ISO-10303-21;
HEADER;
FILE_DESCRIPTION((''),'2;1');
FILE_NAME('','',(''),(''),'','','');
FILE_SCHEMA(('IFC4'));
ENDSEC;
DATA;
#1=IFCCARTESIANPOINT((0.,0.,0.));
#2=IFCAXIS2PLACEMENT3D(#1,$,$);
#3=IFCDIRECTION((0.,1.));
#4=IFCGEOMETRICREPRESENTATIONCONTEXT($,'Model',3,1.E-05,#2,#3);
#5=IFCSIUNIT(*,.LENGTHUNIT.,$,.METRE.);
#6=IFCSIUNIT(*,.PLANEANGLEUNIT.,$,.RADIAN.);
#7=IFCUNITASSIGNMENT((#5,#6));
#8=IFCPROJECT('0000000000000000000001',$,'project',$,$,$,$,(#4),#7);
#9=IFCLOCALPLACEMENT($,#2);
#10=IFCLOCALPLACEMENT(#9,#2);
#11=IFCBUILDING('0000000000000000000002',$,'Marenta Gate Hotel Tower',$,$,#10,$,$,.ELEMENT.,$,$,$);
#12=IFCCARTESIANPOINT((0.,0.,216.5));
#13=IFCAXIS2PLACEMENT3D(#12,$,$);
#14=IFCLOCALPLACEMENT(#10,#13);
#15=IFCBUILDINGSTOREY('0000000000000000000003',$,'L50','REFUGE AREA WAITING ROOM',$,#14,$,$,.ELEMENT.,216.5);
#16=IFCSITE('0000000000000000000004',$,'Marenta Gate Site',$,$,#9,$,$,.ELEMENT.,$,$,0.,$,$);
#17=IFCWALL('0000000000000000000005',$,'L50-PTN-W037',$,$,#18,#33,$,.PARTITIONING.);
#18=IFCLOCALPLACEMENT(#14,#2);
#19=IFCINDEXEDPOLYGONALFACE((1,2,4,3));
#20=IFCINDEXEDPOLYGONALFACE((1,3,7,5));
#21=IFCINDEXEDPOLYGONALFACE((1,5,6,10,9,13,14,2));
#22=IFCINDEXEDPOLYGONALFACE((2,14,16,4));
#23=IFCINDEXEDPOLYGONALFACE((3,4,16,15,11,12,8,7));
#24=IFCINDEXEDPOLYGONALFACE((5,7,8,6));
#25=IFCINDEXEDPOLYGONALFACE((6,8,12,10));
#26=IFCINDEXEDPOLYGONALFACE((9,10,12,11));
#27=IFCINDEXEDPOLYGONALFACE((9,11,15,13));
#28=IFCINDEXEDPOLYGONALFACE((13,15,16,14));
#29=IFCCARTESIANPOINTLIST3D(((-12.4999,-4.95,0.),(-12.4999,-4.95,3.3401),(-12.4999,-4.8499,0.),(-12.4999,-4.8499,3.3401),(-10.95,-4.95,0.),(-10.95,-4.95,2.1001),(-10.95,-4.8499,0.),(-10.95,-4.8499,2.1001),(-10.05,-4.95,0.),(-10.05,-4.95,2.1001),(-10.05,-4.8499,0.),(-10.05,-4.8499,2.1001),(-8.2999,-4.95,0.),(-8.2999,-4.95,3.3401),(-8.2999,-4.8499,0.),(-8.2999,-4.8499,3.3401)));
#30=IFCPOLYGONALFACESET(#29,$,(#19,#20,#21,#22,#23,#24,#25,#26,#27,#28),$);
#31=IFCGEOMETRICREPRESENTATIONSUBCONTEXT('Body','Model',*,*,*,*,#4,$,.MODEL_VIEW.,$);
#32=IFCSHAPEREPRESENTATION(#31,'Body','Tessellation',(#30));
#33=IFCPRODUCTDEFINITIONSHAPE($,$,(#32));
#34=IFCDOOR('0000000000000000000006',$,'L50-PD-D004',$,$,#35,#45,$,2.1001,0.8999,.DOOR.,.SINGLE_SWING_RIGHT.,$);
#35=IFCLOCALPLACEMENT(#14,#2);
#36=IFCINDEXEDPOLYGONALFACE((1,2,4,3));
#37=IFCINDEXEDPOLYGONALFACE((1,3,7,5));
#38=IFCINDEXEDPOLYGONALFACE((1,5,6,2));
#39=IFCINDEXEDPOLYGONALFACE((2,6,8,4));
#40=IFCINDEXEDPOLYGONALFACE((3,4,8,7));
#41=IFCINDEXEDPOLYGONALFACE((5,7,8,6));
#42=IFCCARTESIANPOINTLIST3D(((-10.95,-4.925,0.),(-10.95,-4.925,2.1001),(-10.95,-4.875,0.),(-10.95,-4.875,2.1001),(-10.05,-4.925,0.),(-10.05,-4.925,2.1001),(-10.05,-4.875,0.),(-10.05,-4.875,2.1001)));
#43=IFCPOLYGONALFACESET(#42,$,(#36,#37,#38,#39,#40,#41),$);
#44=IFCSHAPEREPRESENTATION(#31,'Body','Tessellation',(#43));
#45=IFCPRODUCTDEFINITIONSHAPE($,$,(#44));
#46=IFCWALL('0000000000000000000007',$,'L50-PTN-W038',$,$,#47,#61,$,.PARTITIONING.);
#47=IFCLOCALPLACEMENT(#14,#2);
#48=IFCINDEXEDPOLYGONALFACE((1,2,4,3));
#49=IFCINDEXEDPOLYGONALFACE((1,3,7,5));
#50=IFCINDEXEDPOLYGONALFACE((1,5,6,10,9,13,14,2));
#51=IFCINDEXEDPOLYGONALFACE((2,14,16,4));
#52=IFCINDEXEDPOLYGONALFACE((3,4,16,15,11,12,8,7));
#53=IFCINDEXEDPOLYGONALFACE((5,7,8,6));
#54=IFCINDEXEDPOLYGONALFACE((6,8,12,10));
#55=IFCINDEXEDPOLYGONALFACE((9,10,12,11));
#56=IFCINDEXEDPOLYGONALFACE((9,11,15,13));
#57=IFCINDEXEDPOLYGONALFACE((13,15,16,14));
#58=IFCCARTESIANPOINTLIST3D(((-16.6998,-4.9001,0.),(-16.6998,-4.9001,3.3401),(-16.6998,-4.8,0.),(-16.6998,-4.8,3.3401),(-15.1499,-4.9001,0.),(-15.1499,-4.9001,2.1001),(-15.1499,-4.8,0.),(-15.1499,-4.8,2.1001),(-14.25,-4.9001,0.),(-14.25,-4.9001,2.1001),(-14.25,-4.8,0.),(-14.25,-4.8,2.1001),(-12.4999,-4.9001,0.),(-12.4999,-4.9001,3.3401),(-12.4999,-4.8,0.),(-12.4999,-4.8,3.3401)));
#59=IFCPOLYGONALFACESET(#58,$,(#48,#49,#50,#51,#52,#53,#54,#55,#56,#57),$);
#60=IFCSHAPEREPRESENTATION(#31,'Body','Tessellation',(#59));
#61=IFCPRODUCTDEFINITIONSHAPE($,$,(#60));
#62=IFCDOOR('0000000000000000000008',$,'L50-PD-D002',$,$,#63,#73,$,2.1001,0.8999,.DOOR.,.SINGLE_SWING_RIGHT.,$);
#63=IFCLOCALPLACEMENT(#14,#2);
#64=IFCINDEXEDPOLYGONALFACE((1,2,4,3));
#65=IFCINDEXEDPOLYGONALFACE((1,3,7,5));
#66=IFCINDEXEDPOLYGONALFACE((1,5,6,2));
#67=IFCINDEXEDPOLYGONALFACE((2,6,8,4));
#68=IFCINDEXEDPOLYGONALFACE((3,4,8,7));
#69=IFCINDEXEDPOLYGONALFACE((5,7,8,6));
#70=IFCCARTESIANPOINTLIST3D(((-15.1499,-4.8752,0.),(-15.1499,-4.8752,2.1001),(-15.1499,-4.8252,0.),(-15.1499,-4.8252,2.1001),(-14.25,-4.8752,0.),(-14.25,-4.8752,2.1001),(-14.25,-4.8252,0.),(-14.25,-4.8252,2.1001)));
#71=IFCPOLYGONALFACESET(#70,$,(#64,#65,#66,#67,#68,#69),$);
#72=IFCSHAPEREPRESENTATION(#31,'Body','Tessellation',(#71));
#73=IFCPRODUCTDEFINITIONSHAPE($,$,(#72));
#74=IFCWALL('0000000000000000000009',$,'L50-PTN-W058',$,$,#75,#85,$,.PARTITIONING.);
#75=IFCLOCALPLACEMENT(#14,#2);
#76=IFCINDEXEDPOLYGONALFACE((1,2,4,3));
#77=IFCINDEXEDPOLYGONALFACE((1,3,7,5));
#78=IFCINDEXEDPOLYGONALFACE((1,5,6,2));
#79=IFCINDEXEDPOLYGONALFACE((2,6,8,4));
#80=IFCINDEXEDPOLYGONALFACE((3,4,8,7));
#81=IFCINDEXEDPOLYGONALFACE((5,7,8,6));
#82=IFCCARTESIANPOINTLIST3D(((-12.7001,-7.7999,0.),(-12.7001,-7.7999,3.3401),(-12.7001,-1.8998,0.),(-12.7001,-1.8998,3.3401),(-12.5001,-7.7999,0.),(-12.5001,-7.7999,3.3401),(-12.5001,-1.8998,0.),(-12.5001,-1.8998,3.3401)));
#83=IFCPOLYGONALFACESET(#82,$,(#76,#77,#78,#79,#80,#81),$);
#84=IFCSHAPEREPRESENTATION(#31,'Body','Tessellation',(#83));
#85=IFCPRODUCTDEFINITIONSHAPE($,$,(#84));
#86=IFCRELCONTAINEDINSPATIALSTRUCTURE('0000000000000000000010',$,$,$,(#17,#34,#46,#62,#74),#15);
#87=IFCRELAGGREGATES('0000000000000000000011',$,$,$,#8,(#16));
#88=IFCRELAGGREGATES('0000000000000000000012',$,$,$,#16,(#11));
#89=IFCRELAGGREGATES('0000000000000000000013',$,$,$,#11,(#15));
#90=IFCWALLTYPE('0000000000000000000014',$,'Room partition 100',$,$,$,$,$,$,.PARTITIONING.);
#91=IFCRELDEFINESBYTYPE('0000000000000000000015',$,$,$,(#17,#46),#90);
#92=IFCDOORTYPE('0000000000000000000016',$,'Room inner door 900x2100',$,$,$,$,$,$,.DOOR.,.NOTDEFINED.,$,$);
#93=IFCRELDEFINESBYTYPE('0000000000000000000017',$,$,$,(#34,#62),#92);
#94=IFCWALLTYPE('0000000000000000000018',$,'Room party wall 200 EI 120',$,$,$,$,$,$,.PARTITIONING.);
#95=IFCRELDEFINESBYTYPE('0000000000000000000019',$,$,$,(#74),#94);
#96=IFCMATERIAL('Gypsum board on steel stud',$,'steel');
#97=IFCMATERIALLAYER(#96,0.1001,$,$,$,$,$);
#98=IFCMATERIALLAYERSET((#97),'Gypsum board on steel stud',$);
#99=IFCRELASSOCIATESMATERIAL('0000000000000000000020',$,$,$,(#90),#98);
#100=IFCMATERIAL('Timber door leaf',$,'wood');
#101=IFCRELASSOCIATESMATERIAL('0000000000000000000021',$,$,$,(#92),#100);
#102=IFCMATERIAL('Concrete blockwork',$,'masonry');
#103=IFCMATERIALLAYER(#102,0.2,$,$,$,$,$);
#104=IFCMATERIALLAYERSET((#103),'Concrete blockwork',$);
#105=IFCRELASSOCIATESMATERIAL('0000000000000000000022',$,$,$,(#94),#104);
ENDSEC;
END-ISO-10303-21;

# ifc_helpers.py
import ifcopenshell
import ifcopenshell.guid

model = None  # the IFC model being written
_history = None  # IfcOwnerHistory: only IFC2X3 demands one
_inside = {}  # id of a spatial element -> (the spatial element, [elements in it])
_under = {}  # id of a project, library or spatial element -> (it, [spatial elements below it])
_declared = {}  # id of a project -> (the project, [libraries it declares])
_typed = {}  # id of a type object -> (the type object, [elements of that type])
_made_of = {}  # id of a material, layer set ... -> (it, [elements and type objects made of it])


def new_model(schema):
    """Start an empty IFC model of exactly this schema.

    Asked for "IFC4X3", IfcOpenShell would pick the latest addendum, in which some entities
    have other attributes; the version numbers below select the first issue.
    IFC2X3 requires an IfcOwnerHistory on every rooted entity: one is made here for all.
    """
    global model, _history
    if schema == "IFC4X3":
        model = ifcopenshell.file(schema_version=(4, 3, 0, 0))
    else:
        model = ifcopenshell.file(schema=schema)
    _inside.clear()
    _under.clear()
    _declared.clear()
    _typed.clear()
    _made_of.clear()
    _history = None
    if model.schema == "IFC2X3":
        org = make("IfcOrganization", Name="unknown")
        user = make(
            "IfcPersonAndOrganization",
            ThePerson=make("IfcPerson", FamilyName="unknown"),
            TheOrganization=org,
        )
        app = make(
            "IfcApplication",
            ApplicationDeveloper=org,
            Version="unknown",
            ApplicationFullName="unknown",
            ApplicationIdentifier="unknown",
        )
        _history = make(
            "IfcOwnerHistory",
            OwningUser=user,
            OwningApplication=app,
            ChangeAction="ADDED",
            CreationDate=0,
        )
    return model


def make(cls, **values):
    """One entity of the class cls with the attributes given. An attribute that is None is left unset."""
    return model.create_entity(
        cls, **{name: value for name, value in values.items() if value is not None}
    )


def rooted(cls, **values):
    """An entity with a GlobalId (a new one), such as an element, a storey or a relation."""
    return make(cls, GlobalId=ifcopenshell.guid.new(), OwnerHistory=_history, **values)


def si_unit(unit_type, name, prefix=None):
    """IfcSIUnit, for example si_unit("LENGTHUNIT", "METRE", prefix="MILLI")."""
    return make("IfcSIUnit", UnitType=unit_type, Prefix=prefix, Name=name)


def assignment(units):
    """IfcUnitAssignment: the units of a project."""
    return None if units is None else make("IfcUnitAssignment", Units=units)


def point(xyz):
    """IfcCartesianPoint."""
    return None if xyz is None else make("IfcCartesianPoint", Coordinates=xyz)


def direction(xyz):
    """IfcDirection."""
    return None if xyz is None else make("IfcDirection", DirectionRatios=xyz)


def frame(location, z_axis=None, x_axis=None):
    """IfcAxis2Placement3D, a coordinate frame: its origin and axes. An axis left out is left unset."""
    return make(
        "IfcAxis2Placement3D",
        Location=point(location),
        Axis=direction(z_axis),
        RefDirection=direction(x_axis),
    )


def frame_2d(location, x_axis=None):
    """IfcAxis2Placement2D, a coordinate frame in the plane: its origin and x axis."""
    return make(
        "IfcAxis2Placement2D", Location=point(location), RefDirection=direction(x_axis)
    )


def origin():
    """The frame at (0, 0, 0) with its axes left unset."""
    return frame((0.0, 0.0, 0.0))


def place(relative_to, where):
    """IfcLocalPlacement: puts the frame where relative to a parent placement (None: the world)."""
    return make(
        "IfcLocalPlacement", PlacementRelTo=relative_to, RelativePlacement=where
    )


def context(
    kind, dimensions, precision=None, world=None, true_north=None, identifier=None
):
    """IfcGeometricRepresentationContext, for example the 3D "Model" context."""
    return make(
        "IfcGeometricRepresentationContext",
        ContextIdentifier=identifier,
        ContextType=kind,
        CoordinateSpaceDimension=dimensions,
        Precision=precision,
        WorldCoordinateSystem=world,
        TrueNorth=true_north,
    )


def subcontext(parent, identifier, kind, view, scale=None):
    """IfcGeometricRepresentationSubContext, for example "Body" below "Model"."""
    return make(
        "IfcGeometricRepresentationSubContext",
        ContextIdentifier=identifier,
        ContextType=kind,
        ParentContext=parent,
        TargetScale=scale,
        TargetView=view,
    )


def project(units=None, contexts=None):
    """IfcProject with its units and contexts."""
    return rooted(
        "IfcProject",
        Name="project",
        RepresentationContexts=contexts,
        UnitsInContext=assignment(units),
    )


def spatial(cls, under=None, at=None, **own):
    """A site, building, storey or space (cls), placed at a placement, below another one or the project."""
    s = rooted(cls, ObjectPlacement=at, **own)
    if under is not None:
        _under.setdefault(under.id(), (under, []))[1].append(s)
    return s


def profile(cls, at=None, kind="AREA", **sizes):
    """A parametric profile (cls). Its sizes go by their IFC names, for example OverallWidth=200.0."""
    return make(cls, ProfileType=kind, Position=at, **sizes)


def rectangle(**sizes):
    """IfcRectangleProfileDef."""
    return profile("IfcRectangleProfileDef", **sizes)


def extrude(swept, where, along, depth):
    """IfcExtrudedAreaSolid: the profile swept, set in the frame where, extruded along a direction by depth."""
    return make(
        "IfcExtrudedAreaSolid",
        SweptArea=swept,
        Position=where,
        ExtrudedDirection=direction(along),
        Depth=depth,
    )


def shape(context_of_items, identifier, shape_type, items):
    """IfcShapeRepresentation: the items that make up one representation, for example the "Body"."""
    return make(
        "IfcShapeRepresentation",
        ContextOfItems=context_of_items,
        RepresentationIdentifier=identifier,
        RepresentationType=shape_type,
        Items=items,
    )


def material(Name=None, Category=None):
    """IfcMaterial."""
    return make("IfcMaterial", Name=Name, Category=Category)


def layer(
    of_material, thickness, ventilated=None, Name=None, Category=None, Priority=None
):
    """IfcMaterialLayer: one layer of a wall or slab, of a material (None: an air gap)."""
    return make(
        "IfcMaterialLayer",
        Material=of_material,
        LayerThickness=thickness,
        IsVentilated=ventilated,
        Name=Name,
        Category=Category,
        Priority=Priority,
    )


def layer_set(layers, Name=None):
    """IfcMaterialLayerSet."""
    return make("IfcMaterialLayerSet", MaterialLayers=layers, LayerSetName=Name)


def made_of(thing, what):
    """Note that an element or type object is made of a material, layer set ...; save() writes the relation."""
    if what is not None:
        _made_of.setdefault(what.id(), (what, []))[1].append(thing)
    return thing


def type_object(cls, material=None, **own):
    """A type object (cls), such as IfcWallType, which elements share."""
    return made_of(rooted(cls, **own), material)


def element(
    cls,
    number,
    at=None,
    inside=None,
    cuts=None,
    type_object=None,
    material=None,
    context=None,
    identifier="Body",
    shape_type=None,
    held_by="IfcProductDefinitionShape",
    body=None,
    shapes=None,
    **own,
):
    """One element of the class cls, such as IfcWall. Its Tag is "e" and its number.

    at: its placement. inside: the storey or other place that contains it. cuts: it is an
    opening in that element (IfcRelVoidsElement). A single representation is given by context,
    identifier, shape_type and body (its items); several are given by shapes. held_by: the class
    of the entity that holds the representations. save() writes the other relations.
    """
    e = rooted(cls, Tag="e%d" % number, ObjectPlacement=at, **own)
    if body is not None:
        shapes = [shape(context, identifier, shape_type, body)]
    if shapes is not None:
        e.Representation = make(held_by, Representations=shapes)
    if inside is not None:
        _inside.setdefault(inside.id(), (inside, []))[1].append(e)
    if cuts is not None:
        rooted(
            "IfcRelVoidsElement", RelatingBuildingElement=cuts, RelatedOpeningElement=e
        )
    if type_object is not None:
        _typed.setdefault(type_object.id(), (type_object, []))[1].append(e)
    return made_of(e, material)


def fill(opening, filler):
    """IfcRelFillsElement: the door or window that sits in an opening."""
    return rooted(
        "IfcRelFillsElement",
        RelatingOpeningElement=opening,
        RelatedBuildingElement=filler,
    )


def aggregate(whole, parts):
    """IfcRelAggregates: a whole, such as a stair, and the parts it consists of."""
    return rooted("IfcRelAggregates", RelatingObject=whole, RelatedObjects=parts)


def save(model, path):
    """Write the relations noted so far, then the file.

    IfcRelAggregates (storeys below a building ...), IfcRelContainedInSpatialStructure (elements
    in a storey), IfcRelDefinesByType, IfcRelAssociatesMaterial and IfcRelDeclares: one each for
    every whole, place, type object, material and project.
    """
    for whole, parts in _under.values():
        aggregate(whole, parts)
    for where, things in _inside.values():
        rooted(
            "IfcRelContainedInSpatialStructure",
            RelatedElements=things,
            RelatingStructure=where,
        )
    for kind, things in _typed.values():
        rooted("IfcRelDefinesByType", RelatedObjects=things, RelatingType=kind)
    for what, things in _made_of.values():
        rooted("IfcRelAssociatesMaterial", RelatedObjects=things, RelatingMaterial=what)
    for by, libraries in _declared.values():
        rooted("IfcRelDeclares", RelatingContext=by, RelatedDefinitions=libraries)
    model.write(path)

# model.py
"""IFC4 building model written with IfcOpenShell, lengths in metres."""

from ifc_helpers import new_model, si_unit, direction, frame, frame_2d, origin, place, context, subcontext, project, spatial, rectangle, extrude, material, layer, layer_set, type_object, element, fill, save


model = new_model("IFC4")

# Units and contexts
model_context = context("Model", 3, precision=1e-05, world=origin(), true_north=direction((0.0, 1.0)))
body_context = subcontext(model_context, "Body", "Model", "MODEL_VIEW")
ifc_project = project(units=[si_unit("LENGTHUNIT", "METRE"), si_unit("PLANEANGLEUNIT", "RADIAN")], contexts=[model_context])

# Site, building, storey
site_placement = place(None, origin())
site = spatial("IfcSite", under=ifc_project, at=site_placement, Name="Marenta Gate Site", CompositionType="ELEMENT", RefElevation=0.0)
building_placement = place(site_placement, origin())
building = spatial("IfcBuilding", under=site, at=building_placement, Name="Marenta Gate Hotel Tower", CompositionType="ELEMENT")
storey_placement = place(building_placement, frame((0.0, 0.0, 216.5)))
storey = spatial("IfcBuildingStorey", under=building, at=storey_placement, Name="L50", Description="REFUGE AREA WAITING ROOM", CompositionType="ELEMENT", Elevation=216.5)

# Walls, openings, doors
ifc_material_1 = material(Name="Gypsum board on steel stud", Category="steel")
ifc_layer_1 = layer(ifc_material_1, 0.1001)
ifc_layer_set_1 = layer_set([ifc_layer_1], Name="Gypsum board on steel stud")
wall_type_1 = type_object("IfcWallType", Name="Room partition 100", PredefinedType="PARTITIONING", material=ifc_layer_set_1)
wall_1_placement = place(storey_placement, frame((-12.5, -4.8999, 0.0), z_axis=(0.0, 0.0, 1.0), x_axis=(1.0, 0.0, 0.0)))
wall_1 = element("IfcWall", 1, at=wall_1_placement, inside=storey, type_object=wall_type_1, Name="L50-PTN-W037", PredefinedType="PARTITIONING", context=body_context, shape_type="SweptSolid", body=[
    extrude(rectangle(XDim=4.2, YDim=0.1001, at=frame_2d((2.1001, 0.0))), origin(), (0.0, 0.0, 1.0), 3.3401),
])
opening_1_placement = place(wall_1_placement, frame((1.55, 0.0, 0.0)))
opening_1 = element("IfcOpeningElement", 2, at=opening_1_placement, cuts=wall_1, PredefinedType="OPENING", context=body_context, shape_type="SweptSolid", body=[
    extrude(rectangle(XDim=0.8999, YDim=2.1001, at=frame_2d((0.45, 1.05))), frame((0.0, 0.05, 0.0), z_axis=(0.0, -1.0, 0.0), x_axis=(1.0, 0.0, 0.0)), (0.0, 0.0, 1.0), 0.1001),
])
ifc_material_2 = material(Name="Timber door leaf", Category="wood")
door_type_1 = type_object("IfcDoorType", Name="Room inner door 900x2100", OperationType="NOTDEFINED", PredefinedType="DOOR", material=ifc_material_2)
door_1_placement = place(opening_1_placement, origin())
door_1 = element("IfcDoor", 3, at=door_1_placement, inside=storey, type_object=door_type_1, Name="L50-PD-D004", OperationType="SINGLE_SWING_RIGHT", OverallHeight=2.1001, OverallWidth=0.8999, PredefinedType="DOOR", context=body_context, shape_type="SweptSolid", body=[
    extrude(rectangle(XDim=0.8999, YDim=2.1001, at=frame_2d((0.45, 1.05))), frame((0.0, 0.0249, 0.0), z_axis=(0.0, -1.0, 0.0), x_axis=(1.0, 0.0, 0.0)), (0.0, 0.0, 1.0), 0.05),
])
fill(opening_1, door_1)
wall_2_placement = place(storey_placement, frame((-16.7, -4.8501, 0.0), z_axis=(0.0, 0.0, 1.0), x_axis=(1.0, 0.0, 0.0)))
wall_2 = element("IfcWall", 4, at=wall_2_placement, inside=storey, type_object=wall_type_1, Name="L50-PTN-W038", PredefinedType="PARTITIONING", context=body_context, shape_type="SweptSolid", body=[
    extrude(rectangle(XDim=4.2, YDim=0.1001, at=frame_2d((2.1001, 0.0))), origin(), (0.0, 0.0, 1.0), 3.3401),
])
opening_2_placement = place(wall_2_placement, frame((1.55, 0.0, 0.0)))
opening_2 = element("IfcOpeningElement", 5, at=opening_2_placement, cuts=wall_2, PredefinedType="OPENING", context=body_context, shape_type="SweptSolid", body=[
    extrude(rectangle(XDim=0.8999, YDim=2.1001, at=frame_2d((0.45, 1.05))), frame((0.0, 0.05, 0.0), z_axis=(0.0, -1.0, 0.0), x_axis=(1.0, 0.0, 0.0)), (0.0, 0.0, 1.0), 0.1001),
])
door_2_placement = place(opening_2_placement, origin())
door_2 = element("IfcDoor", 6, at=door_2_placement, inside=storey, type_object=door_type_1, Name="L50-PD-D002", OperationType="SINGLE_SWING_RIGHT", OverallHeight=2.1001, OverallWidth=0.8999, PredefinedType="DOOR", context=body_context, shape_type="SweptSolid", body=[
    extrude(rectangle(XDim=0.8999, YDim=2.1001, at=frame_2d((0.45, 1.05))), frame((0.0, 0.0249, 0.0), z_axis=(0.0, -1.0, 0.0), x_axis=(1.0, 0.0, 0.0)), (0.0, 0.0, 1.0), 0.05),
])
fill(opening_2, door_2)

# Wall
ifc_material_3 = material(Name="Concrete blockwork", Category="masonry")
ifc_layer_2 = layer(ifc_material_3, 0.2)
ifc_layer_set_2 = layer_set([ifc_layer_2], Name="Concrete blockwork")
wall_type_2 = type_object("IfcWallType", Name="Room party wall 200 EI 120", PredefinedType="PARTITIONING", material=ifc_layer_set_2)
wall_3_placement = place(storey_placement, frame((-12.6001, -7.8, 0.0), z_axis=(0.0, 0.0, 1.0), x_axis=(0.0, 1.0, 0.0)))
element("IfcWall", 7, at=wall_3_placement, inside=storey, type_object=wall_type_2, Name="L50-PTN-W058", PredefinedType="PARTITIONING", context=body_context, shape_type="SweptSolid", body=[
    extrude(rectangle(XDim=5.9001, YDim=0.2, at=frame_2d((2.9502, 0.0))), origin(), (0.0, 0.0, 1.0), 3.3401),
])

save(model, "model.ifc")
